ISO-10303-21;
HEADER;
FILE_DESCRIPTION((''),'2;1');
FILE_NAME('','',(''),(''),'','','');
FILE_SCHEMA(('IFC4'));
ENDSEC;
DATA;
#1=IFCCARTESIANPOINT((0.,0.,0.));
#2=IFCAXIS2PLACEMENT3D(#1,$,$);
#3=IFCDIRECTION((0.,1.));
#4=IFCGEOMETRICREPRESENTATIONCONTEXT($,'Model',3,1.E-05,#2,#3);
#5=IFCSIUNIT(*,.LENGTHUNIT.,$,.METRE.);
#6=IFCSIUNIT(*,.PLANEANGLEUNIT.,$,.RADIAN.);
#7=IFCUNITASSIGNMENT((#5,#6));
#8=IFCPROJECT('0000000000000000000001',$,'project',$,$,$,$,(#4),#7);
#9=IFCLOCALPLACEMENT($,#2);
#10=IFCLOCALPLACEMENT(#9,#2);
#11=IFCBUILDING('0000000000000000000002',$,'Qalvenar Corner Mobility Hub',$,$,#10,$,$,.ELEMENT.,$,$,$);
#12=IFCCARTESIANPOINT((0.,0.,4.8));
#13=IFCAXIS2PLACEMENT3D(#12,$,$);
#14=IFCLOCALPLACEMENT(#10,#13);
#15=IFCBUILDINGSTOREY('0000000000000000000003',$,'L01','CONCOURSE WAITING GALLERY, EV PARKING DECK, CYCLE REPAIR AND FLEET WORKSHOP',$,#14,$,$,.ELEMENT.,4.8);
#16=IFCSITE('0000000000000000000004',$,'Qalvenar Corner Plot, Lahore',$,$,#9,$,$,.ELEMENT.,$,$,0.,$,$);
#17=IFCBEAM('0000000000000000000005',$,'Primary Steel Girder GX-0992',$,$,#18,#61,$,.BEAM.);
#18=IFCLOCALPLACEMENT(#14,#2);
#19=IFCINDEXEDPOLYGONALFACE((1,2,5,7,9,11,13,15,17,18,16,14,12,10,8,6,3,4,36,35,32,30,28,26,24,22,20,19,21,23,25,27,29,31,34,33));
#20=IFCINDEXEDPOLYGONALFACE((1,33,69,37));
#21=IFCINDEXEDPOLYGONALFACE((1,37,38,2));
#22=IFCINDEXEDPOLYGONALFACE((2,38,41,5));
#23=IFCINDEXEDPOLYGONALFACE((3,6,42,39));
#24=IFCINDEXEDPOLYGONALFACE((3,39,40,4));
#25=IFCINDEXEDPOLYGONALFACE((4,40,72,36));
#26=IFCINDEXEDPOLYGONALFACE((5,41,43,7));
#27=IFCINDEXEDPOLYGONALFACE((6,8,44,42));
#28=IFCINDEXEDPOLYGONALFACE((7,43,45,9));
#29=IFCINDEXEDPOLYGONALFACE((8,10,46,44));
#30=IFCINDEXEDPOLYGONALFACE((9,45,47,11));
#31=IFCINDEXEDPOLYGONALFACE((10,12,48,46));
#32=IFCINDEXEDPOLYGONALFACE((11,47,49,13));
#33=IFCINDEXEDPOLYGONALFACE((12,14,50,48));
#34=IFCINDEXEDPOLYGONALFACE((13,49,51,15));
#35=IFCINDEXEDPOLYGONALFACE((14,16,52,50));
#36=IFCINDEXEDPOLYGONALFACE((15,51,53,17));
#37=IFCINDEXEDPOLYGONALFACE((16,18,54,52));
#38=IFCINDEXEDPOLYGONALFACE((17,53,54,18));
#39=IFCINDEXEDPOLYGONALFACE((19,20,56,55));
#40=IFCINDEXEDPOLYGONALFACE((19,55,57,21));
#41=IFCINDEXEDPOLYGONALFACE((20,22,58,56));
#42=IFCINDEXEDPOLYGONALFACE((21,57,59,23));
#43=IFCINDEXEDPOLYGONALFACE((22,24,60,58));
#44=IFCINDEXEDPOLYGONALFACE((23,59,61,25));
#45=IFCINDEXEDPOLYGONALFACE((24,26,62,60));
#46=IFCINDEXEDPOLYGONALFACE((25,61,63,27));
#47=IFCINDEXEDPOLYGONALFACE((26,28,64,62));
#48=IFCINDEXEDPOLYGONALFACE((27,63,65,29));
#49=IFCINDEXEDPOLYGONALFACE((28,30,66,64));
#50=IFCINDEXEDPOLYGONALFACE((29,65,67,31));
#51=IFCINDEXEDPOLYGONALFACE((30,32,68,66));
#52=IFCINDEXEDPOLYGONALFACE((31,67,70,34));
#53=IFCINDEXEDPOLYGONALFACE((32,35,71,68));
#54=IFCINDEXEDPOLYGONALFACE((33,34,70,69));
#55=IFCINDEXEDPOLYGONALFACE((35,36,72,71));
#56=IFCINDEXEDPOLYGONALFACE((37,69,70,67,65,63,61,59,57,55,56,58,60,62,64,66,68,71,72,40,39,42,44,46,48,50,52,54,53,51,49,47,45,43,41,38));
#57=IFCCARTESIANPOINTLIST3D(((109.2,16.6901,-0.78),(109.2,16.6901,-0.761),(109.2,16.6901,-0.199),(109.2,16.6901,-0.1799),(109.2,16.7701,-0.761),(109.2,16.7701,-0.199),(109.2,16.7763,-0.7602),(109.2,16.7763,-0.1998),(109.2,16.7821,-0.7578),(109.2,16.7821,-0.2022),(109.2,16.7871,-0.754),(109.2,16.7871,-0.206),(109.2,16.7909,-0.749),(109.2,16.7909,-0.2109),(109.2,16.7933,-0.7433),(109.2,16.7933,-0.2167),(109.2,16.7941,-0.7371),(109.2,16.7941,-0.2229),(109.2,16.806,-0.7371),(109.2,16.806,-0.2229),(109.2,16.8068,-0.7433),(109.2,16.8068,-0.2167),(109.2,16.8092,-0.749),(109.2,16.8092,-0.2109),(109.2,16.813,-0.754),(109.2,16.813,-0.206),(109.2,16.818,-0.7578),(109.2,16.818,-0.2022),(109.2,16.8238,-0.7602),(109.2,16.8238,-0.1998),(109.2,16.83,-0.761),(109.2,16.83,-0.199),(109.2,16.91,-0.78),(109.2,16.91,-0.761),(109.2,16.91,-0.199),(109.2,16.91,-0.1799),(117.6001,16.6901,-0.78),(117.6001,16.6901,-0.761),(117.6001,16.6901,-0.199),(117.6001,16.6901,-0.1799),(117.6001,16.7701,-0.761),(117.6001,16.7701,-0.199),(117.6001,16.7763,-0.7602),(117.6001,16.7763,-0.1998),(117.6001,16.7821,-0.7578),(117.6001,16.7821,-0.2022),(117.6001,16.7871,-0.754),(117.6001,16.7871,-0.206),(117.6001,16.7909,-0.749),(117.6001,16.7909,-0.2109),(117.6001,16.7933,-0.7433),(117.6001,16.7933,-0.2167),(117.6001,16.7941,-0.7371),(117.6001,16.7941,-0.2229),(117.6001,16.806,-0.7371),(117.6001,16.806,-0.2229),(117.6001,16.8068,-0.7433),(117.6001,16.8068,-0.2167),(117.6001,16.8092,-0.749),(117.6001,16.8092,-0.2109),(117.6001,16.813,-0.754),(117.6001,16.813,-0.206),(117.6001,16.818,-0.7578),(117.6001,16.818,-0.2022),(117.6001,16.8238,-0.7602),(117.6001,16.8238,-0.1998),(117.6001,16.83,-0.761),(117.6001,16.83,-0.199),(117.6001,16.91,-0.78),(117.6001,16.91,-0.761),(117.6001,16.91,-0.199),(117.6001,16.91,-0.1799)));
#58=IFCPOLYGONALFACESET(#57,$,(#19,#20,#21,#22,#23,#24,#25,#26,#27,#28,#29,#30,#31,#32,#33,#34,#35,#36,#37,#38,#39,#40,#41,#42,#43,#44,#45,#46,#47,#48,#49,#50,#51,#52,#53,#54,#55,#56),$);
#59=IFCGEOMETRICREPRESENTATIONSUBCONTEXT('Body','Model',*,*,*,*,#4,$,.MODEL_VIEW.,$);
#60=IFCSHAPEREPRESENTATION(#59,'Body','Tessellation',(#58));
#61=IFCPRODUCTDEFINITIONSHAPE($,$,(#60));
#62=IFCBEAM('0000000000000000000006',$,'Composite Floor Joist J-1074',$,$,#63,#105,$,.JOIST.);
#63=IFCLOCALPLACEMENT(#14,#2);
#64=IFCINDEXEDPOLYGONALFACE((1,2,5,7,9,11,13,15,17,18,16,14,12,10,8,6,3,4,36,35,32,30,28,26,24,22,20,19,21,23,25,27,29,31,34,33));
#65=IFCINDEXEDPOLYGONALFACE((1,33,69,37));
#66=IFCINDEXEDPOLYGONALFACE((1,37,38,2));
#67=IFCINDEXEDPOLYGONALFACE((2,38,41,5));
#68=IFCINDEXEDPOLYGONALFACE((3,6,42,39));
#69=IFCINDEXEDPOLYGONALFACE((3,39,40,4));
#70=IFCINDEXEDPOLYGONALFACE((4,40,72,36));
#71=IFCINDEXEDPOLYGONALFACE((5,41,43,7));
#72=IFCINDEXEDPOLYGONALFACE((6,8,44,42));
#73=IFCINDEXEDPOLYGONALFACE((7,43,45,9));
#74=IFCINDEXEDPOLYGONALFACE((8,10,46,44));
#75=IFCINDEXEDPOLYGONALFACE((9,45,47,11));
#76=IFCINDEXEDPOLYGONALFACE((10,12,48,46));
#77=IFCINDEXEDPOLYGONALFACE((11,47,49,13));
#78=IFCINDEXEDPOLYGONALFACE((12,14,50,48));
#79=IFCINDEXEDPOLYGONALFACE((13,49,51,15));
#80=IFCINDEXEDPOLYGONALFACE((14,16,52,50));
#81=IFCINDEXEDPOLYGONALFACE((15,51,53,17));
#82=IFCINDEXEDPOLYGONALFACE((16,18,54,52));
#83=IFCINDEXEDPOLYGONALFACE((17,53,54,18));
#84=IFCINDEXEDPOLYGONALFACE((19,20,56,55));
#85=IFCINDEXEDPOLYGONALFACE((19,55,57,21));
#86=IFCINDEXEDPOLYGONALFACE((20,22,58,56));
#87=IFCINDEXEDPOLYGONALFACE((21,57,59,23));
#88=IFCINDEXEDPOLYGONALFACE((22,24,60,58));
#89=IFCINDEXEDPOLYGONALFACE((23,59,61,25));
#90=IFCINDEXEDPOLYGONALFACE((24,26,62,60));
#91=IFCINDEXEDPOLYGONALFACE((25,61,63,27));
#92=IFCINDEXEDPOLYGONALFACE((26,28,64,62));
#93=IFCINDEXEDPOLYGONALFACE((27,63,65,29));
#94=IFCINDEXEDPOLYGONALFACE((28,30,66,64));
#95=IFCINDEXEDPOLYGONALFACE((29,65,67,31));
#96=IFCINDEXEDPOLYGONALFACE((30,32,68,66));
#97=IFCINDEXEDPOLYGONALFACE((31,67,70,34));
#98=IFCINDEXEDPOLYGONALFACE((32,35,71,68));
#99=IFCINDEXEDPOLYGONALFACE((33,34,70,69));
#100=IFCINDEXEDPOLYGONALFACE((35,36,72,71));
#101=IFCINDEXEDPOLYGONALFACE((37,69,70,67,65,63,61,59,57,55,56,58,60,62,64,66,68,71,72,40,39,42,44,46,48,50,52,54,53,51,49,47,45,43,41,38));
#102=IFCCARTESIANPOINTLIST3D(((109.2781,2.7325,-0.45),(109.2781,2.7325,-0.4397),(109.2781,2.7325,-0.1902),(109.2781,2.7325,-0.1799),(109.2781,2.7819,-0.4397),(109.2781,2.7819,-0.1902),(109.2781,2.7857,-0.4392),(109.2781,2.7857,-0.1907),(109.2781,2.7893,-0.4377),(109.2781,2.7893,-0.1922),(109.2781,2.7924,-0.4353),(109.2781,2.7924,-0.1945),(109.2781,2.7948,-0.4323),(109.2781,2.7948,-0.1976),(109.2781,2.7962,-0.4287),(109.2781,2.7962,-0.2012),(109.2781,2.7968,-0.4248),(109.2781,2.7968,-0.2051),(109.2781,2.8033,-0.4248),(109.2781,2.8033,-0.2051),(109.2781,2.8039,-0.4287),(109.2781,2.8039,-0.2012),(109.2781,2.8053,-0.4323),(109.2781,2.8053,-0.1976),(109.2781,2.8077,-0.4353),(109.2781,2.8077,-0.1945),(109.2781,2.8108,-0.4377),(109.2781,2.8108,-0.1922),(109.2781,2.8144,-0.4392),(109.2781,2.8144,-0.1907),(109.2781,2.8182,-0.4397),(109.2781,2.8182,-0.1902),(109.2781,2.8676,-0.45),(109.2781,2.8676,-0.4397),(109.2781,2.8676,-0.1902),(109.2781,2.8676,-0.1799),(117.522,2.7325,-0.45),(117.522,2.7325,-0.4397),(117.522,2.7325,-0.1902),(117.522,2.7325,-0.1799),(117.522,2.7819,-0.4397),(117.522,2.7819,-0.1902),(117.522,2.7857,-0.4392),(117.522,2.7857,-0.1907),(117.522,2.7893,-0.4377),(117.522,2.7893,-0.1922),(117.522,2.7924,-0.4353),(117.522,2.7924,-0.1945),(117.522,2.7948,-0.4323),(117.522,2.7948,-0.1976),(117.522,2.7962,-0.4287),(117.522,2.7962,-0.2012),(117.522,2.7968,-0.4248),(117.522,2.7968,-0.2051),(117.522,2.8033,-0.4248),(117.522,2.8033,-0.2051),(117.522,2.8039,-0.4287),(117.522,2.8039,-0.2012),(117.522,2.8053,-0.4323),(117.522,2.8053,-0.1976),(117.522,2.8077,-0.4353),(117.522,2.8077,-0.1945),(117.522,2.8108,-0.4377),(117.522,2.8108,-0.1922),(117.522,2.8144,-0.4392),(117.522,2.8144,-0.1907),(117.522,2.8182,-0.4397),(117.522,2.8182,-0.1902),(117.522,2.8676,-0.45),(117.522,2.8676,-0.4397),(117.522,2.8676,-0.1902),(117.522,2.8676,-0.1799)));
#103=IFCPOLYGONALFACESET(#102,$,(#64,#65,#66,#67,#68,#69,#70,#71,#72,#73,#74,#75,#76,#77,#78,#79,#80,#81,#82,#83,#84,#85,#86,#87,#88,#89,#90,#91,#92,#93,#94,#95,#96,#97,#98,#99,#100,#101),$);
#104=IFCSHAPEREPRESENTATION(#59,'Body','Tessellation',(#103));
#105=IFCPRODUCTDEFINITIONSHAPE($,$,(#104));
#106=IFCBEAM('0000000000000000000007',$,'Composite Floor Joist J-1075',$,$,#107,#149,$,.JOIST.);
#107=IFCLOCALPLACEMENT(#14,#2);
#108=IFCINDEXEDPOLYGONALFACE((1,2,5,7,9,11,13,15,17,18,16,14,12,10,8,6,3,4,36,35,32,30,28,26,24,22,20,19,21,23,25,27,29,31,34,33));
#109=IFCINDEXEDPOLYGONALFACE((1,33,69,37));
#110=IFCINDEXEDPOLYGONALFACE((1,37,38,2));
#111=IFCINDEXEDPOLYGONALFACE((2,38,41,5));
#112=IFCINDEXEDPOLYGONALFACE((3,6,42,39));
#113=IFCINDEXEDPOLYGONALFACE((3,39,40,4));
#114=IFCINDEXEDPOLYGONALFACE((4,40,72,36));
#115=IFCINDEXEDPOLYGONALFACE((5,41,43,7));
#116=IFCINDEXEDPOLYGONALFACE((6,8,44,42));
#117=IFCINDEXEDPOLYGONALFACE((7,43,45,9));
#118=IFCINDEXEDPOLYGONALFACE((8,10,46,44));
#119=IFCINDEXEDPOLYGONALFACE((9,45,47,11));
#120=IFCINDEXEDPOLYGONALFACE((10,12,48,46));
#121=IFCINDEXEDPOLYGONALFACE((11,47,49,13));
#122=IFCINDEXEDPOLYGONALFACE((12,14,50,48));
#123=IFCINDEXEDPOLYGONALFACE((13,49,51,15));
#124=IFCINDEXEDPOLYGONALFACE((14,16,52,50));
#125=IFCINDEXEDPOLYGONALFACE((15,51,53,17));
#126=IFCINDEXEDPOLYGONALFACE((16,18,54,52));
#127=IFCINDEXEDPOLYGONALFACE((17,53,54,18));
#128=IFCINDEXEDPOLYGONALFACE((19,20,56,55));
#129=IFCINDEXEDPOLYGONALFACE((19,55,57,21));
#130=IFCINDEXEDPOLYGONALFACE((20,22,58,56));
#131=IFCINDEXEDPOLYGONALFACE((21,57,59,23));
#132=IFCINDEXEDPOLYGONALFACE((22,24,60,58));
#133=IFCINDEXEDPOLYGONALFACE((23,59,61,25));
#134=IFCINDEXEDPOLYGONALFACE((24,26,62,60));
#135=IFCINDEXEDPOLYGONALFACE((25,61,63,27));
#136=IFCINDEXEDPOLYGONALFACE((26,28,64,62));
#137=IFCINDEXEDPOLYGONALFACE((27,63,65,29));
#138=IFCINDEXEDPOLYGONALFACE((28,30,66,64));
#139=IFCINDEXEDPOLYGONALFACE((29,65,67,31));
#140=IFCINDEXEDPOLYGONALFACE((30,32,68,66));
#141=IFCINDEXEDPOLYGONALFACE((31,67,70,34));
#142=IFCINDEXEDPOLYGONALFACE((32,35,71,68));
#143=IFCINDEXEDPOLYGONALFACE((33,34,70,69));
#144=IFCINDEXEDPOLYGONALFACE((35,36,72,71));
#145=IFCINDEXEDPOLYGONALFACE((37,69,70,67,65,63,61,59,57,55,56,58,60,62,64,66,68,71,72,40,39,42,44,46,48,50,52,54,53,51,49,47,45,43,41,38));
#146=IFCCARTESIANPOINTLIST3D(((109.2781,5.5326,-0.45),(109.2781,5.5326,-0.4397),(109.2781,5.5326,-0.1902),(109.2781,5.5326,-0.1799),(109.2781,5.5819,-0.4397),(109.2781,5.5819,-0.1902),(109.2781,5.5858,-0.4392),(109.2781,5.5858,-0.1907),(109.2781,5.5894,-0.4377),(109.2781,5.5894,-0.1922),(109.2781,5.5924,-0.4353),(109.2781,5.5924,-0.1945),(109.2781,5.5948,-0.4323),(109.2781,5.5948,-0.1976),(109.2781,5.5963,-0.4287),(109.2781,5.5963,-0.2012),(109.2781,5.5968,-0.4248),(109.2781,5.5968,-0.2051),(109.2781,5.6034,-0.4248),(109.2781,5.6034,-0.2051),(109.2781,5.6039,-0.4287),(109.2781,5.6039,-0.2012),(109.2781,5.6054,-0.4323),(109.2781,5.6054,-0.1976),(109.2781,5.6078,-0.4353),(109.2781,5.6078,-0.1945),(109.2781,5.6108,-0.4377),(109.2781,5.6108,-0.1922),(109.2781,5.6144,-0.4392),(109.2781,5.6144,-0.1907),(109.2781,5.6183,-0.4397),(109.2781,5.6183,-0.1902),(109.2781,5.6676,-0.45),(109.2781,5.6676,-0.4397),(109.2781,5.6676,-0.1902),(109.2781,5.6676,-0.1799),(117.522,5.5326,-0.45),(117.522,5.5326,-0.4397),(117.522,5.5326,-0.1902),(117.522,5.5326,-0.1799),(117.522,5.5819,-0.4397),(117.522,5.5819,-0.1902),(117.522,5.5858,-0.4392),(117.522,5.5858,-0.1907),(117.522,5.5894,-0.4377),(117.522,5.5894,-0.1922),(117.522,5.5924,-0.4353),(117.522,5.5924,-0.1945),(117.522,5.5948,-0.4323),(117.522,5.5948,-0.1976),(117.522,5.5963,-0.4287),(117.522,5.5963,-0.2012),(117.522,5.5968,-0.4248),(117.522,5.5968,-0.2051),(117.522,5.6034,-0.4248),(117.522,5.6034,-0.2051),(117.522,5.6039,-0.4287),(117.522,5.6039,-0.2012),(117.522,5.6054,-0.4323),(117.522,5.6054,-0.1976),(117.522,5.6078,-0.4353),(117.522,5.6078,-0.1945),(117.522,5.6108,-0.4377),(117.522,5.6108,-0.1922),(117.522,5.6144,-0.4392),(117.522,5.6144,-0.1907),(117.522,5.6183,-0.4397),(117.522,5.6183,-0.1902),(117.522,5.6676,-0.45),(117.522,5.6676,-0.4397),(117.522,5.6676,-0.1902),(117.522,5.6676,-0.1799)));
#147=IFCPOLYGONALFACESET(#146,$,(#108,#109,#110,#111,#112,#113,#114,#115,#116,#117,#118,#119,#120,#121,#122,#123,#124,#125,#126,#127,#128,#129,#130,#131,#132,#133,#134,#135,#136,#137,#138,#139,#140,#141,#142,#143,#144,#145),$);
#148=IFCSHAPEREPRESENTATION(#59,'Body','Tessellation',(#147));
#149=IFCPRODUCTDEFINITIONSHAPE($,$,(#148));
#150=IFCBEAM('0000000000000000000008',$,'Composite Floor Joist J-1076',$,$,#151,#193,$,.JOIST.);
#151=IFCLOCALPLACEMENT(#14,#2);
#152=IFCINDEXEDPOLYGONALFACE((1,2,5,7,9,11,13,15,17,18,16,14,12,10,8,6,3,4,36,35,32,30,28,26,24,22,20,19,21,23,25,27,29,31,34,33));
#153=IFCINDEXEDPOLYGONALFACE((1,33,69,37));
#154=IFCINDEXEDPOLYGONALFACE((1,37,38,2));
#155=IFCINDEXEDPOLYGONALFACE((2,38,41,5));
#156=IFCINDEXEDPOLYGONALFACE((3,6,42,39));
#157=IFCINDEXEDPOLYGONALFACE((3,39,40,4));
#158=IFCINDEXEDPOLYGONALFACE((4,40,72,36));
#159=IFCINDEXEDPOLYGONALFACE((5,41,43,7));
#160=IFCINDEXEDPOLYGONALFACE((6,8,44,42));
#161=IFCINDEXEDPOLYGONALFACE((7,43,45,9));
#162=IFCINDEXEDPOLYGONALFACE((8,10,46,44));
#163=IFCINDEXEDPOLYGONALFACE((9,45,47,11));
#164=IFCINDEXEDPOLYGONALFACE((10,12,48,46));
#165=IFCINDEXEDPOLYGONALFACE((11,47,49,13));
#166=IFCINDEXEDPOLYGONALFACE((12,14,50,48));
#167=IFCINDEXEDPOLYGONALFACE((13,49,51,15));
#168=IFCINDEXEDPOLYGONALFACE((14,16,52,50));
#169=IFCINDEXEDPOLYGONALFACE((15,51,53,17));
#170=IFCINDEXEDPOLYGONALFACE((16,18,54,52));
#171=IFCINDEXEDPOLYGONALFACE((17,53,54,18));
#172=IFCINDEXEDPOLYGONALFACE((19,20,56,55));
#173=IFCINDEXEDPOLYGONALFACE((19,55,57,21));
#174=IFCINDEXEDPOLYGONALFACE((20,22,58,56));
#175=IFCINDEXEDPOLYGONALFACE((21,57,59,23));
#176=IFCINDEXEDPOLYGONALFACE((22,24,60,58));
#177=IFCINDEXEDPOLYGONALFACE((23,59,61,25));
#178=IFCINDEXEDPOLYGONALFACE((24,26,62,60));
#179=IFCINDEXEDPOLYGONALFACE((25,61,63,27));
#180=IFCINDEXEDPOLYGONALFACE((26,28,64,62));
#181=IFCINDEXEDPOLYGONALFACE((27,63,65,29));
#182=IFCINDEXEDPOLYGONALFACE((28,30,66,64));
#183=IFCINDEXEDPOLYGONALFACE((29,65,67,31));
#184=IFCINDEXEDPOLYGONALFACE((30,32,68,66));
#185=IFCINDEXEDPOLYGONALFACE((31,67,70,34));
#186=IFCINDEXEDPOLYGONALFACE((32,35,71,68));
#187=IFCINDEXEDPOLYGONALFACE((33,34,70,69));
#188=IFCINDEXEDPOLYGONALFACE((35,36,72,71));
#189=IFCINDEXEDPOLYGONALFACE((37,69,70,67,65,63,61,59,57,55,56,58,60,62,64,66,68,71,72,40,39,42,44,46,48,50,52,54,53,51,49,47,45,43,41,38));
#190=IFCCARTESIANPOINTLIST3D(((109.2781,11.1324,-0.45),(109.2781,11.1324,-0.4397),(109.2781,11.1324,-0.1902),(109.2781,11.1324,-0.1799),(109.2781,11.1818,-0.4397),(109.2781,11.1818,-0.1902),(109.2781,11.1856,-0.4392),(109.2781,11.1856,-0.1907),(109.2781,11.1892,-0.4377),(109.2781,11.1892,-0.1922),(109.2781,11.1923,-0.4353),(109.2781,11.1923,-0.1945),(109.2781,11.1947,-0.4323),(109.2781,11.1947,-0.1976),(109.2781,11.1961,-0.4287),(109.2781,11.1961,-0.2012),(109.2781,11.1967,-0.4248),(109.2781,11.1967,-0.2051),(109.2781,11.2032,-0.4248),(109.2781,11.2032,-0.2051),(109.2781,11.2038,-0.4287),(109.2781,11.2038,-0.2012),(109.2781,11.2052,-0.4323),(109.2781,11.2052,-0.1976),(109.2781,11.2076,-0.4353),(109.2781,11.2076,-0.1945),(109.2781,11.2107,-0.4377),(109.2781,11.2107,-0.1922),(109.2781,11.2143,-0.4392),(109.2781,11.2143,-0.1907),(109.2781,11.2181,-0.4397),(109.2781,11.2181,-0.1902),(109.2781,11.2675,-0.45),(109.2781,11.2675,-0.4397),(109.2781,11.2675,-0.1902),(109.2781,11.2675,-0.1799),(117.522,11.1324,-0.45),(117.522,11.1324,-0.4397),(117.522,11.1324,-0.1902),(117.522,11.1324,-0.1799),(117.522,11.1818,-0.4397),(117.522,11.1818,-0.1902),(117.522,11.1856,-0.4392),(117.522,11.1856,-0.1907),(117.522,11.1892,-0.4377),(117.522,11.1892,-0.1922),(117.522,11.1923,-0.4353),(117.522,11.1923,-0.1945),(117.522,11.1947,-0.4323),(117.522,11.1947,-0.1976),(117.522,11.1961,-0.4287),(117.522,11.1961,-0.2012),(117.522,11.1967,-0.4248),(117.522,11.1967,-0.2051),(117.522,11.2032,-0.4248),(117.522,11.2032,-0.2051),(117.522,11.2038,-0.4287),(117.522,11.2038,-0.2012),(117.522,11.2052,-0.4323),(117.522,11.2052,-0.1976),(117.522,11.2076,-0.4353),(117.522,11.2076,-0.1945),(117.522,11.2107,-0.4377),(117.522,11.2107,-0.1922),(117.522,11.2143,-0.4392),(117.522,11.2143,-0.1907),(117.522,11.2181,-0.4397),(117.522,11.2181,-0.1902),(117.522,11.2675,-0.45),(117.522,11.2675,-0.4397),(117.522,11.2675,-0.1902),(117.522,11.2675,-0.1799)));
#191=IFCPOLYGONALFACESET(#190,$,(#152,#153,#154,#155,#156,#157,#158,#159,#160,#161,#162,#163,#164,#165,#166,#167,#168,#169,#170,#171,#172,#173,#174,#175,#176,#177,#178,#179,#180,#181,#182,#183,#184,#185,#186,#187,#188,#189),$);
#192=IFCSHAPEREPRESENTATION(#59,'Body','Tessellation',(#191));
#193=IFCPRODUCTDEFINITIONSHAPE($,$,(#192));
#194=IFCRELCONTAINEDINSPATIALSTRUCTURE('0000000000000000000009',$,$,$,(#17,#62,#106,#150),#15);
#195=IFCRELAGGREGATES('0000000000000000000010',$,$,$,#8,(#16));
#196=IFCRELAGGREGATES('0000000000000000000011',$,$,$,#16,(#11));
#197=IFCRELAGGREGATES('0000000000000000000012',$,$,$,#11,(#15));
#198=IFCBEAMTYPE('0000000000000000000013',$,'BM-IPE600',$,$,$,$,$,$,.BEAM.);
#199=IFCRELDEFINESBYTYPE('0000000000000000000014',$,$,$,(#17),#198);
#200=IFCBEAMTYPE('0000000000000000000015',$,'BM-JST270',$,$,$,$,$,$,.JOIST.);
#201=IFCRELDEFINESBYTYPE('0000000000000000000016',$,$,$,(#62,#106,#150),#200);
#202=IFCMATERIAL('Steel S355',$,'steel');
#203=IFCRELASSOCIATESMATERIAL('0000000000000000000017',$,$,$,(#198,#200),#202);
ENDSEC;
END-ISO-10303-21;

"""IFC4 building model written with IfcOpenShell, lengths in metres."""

from ifc_helpers import new_model, si_unit, direction, frame, origin, origin_2d, place, context, subcontext, project, spatial, i_section, extrude, material, material_profile, profile_set, type_object, element, save


model = new_model("IFC4")

# Units and contexts
model_context = context("Model", 3, precision=1e-05, world=origin(), true_north=direction((0.0, 1.0)))
body_context = subcontext(model_context, "Body", "Model", "MODEL_VIEW")
ifc_project = project(units=[si_unit("LENGTHUNIT", "METRE"), si_unit("PLANEANGLEUNIT", "RADIAN")], contexts=[model_context])

# Site, building, storey
site_placement = place(None, origin())
site = spatial("IfcSite", under=ifc_project, at=site_placement, Name="Qalvenar Corner Plot, Lahore", CompositionType="ELEMENT", RefElevation=0.0)
building_placement = place(site_placement, origin())
building = spatial("IfcBuilding", under=site, at=building_placement, Name="Qalvenar Corner Mobility Hub", CompositionType="ELEMENT")
storey_placement = place(building_placement, frame((0.0, 0.0, 4.8)))
storey = spatial("IfcBuildingStorey", under=building, at=storey_placement, Name="L01", Description="CONCOURSE WAITING GALLERY, EV PARKING DECK, CYCLE REPAIR AND FLEET WORKSHOP", CompositionType="ELEMENT", Elevation=4.8)

# Shared definitions
ifc_material_1 = material(Name="Steel S355", Category="steel")

# Beams
ifc_material_profile_1 = material_profile(ifc_material_1, i_section(OverallWidth=0.22, OverallDepth=0.6001, WebThickness=0.012, FlangeThickness=0.019, FilletRadius=0.0239, at=origin_2d()), Name="IPE600")
ifc_profile_set_1 = profile_set([ifc_material_profile_1], Name="Steel S355")
beam_type_1 = type_object("IfcBeamType", Name="BM-IPE600", PredefinedType="BEAM", material=ifc_profile_set_1)
for number, where, z_axis, x_axis, name in (
    (1, (109.2, 16.8, -0.48), (1.0, 0.0, 0.0), (0.0, 1.0, 0.0), "Primary Steel Girder GX-0992"),
):
    element("IfcBeam", number, at=place(storey_placement, frame(where, z_axis=z_axis, x_axis=x_axis)), inside=storey, type_object=beam_type_1, Name=name, PredefinedType="BEAM", context=body_context, shape_type="SweptSolid", body=[
        extrude(i_section(OverallWidth=0.22, OverallDepth=0.6001, WebThickness=0.012, FlangeThickness=0.019, FilletRadius=0.0239, at=origin_2d()), origin(), (0.0, 0.0, 1.0), 8.4001),
    ])
ifc_material_profile_2 = material_profile(ifc_material_1, i_section(OverallWidth=0.135, OverallDepth=0.27, WebThickness=0.0066, FlangeThickness=0.0103, FilletRadius=0.0149, at=origin_2d()), Name="IPE270")
ifc_profile_set_2 = profile_set([ifc_material_profile_2], Name="Steel S355")
beam_type_2 = type_object("IfcBeamType", Name="BM-JST270", PredefinedType="JOIST", material=ifc_profile_set_2)
for number, where, z_axis, x_axis, name in (
    (2, (109.2781, 2.8, -0.3149), (1.0, 0.0, 0.0), (0.0, 1.0, 0.0), "Composite Floor Joist J-1074"),
    (3, (109.2781, 5.6001, -0.3149), (1.0, 0.0, 0.0), (0.0, 1.0, 0.0), "Composite Floor Joist J-1075"),
    (4, (109.2781, 11.2, -0.3149), (1.0, 0.0, 0.0), (0.0, 1.0, 0.0), "Composite Floor Joist J-1076"),
):
    element("IfcBeam", number, at=place(storey_placement, frame(where, z_axis=z_axis, x_axis=x_axis)), inside=storey, type_object=beam_type_2, Name=name, PredefinedType="JOIST", context=body_context, shape_type="SweptSolid", body=[
        extrude(i_section(OverallWidth=0.135, OverallDepth=0.27, WebThickness=0.0066, FlangeThickness=0.0103, FilletRadius=0.0149, at=origin_2d()), origin(), (0.0, 0.0, 1.0), 8.2439),
    ])

save(model, "model.ifc")
